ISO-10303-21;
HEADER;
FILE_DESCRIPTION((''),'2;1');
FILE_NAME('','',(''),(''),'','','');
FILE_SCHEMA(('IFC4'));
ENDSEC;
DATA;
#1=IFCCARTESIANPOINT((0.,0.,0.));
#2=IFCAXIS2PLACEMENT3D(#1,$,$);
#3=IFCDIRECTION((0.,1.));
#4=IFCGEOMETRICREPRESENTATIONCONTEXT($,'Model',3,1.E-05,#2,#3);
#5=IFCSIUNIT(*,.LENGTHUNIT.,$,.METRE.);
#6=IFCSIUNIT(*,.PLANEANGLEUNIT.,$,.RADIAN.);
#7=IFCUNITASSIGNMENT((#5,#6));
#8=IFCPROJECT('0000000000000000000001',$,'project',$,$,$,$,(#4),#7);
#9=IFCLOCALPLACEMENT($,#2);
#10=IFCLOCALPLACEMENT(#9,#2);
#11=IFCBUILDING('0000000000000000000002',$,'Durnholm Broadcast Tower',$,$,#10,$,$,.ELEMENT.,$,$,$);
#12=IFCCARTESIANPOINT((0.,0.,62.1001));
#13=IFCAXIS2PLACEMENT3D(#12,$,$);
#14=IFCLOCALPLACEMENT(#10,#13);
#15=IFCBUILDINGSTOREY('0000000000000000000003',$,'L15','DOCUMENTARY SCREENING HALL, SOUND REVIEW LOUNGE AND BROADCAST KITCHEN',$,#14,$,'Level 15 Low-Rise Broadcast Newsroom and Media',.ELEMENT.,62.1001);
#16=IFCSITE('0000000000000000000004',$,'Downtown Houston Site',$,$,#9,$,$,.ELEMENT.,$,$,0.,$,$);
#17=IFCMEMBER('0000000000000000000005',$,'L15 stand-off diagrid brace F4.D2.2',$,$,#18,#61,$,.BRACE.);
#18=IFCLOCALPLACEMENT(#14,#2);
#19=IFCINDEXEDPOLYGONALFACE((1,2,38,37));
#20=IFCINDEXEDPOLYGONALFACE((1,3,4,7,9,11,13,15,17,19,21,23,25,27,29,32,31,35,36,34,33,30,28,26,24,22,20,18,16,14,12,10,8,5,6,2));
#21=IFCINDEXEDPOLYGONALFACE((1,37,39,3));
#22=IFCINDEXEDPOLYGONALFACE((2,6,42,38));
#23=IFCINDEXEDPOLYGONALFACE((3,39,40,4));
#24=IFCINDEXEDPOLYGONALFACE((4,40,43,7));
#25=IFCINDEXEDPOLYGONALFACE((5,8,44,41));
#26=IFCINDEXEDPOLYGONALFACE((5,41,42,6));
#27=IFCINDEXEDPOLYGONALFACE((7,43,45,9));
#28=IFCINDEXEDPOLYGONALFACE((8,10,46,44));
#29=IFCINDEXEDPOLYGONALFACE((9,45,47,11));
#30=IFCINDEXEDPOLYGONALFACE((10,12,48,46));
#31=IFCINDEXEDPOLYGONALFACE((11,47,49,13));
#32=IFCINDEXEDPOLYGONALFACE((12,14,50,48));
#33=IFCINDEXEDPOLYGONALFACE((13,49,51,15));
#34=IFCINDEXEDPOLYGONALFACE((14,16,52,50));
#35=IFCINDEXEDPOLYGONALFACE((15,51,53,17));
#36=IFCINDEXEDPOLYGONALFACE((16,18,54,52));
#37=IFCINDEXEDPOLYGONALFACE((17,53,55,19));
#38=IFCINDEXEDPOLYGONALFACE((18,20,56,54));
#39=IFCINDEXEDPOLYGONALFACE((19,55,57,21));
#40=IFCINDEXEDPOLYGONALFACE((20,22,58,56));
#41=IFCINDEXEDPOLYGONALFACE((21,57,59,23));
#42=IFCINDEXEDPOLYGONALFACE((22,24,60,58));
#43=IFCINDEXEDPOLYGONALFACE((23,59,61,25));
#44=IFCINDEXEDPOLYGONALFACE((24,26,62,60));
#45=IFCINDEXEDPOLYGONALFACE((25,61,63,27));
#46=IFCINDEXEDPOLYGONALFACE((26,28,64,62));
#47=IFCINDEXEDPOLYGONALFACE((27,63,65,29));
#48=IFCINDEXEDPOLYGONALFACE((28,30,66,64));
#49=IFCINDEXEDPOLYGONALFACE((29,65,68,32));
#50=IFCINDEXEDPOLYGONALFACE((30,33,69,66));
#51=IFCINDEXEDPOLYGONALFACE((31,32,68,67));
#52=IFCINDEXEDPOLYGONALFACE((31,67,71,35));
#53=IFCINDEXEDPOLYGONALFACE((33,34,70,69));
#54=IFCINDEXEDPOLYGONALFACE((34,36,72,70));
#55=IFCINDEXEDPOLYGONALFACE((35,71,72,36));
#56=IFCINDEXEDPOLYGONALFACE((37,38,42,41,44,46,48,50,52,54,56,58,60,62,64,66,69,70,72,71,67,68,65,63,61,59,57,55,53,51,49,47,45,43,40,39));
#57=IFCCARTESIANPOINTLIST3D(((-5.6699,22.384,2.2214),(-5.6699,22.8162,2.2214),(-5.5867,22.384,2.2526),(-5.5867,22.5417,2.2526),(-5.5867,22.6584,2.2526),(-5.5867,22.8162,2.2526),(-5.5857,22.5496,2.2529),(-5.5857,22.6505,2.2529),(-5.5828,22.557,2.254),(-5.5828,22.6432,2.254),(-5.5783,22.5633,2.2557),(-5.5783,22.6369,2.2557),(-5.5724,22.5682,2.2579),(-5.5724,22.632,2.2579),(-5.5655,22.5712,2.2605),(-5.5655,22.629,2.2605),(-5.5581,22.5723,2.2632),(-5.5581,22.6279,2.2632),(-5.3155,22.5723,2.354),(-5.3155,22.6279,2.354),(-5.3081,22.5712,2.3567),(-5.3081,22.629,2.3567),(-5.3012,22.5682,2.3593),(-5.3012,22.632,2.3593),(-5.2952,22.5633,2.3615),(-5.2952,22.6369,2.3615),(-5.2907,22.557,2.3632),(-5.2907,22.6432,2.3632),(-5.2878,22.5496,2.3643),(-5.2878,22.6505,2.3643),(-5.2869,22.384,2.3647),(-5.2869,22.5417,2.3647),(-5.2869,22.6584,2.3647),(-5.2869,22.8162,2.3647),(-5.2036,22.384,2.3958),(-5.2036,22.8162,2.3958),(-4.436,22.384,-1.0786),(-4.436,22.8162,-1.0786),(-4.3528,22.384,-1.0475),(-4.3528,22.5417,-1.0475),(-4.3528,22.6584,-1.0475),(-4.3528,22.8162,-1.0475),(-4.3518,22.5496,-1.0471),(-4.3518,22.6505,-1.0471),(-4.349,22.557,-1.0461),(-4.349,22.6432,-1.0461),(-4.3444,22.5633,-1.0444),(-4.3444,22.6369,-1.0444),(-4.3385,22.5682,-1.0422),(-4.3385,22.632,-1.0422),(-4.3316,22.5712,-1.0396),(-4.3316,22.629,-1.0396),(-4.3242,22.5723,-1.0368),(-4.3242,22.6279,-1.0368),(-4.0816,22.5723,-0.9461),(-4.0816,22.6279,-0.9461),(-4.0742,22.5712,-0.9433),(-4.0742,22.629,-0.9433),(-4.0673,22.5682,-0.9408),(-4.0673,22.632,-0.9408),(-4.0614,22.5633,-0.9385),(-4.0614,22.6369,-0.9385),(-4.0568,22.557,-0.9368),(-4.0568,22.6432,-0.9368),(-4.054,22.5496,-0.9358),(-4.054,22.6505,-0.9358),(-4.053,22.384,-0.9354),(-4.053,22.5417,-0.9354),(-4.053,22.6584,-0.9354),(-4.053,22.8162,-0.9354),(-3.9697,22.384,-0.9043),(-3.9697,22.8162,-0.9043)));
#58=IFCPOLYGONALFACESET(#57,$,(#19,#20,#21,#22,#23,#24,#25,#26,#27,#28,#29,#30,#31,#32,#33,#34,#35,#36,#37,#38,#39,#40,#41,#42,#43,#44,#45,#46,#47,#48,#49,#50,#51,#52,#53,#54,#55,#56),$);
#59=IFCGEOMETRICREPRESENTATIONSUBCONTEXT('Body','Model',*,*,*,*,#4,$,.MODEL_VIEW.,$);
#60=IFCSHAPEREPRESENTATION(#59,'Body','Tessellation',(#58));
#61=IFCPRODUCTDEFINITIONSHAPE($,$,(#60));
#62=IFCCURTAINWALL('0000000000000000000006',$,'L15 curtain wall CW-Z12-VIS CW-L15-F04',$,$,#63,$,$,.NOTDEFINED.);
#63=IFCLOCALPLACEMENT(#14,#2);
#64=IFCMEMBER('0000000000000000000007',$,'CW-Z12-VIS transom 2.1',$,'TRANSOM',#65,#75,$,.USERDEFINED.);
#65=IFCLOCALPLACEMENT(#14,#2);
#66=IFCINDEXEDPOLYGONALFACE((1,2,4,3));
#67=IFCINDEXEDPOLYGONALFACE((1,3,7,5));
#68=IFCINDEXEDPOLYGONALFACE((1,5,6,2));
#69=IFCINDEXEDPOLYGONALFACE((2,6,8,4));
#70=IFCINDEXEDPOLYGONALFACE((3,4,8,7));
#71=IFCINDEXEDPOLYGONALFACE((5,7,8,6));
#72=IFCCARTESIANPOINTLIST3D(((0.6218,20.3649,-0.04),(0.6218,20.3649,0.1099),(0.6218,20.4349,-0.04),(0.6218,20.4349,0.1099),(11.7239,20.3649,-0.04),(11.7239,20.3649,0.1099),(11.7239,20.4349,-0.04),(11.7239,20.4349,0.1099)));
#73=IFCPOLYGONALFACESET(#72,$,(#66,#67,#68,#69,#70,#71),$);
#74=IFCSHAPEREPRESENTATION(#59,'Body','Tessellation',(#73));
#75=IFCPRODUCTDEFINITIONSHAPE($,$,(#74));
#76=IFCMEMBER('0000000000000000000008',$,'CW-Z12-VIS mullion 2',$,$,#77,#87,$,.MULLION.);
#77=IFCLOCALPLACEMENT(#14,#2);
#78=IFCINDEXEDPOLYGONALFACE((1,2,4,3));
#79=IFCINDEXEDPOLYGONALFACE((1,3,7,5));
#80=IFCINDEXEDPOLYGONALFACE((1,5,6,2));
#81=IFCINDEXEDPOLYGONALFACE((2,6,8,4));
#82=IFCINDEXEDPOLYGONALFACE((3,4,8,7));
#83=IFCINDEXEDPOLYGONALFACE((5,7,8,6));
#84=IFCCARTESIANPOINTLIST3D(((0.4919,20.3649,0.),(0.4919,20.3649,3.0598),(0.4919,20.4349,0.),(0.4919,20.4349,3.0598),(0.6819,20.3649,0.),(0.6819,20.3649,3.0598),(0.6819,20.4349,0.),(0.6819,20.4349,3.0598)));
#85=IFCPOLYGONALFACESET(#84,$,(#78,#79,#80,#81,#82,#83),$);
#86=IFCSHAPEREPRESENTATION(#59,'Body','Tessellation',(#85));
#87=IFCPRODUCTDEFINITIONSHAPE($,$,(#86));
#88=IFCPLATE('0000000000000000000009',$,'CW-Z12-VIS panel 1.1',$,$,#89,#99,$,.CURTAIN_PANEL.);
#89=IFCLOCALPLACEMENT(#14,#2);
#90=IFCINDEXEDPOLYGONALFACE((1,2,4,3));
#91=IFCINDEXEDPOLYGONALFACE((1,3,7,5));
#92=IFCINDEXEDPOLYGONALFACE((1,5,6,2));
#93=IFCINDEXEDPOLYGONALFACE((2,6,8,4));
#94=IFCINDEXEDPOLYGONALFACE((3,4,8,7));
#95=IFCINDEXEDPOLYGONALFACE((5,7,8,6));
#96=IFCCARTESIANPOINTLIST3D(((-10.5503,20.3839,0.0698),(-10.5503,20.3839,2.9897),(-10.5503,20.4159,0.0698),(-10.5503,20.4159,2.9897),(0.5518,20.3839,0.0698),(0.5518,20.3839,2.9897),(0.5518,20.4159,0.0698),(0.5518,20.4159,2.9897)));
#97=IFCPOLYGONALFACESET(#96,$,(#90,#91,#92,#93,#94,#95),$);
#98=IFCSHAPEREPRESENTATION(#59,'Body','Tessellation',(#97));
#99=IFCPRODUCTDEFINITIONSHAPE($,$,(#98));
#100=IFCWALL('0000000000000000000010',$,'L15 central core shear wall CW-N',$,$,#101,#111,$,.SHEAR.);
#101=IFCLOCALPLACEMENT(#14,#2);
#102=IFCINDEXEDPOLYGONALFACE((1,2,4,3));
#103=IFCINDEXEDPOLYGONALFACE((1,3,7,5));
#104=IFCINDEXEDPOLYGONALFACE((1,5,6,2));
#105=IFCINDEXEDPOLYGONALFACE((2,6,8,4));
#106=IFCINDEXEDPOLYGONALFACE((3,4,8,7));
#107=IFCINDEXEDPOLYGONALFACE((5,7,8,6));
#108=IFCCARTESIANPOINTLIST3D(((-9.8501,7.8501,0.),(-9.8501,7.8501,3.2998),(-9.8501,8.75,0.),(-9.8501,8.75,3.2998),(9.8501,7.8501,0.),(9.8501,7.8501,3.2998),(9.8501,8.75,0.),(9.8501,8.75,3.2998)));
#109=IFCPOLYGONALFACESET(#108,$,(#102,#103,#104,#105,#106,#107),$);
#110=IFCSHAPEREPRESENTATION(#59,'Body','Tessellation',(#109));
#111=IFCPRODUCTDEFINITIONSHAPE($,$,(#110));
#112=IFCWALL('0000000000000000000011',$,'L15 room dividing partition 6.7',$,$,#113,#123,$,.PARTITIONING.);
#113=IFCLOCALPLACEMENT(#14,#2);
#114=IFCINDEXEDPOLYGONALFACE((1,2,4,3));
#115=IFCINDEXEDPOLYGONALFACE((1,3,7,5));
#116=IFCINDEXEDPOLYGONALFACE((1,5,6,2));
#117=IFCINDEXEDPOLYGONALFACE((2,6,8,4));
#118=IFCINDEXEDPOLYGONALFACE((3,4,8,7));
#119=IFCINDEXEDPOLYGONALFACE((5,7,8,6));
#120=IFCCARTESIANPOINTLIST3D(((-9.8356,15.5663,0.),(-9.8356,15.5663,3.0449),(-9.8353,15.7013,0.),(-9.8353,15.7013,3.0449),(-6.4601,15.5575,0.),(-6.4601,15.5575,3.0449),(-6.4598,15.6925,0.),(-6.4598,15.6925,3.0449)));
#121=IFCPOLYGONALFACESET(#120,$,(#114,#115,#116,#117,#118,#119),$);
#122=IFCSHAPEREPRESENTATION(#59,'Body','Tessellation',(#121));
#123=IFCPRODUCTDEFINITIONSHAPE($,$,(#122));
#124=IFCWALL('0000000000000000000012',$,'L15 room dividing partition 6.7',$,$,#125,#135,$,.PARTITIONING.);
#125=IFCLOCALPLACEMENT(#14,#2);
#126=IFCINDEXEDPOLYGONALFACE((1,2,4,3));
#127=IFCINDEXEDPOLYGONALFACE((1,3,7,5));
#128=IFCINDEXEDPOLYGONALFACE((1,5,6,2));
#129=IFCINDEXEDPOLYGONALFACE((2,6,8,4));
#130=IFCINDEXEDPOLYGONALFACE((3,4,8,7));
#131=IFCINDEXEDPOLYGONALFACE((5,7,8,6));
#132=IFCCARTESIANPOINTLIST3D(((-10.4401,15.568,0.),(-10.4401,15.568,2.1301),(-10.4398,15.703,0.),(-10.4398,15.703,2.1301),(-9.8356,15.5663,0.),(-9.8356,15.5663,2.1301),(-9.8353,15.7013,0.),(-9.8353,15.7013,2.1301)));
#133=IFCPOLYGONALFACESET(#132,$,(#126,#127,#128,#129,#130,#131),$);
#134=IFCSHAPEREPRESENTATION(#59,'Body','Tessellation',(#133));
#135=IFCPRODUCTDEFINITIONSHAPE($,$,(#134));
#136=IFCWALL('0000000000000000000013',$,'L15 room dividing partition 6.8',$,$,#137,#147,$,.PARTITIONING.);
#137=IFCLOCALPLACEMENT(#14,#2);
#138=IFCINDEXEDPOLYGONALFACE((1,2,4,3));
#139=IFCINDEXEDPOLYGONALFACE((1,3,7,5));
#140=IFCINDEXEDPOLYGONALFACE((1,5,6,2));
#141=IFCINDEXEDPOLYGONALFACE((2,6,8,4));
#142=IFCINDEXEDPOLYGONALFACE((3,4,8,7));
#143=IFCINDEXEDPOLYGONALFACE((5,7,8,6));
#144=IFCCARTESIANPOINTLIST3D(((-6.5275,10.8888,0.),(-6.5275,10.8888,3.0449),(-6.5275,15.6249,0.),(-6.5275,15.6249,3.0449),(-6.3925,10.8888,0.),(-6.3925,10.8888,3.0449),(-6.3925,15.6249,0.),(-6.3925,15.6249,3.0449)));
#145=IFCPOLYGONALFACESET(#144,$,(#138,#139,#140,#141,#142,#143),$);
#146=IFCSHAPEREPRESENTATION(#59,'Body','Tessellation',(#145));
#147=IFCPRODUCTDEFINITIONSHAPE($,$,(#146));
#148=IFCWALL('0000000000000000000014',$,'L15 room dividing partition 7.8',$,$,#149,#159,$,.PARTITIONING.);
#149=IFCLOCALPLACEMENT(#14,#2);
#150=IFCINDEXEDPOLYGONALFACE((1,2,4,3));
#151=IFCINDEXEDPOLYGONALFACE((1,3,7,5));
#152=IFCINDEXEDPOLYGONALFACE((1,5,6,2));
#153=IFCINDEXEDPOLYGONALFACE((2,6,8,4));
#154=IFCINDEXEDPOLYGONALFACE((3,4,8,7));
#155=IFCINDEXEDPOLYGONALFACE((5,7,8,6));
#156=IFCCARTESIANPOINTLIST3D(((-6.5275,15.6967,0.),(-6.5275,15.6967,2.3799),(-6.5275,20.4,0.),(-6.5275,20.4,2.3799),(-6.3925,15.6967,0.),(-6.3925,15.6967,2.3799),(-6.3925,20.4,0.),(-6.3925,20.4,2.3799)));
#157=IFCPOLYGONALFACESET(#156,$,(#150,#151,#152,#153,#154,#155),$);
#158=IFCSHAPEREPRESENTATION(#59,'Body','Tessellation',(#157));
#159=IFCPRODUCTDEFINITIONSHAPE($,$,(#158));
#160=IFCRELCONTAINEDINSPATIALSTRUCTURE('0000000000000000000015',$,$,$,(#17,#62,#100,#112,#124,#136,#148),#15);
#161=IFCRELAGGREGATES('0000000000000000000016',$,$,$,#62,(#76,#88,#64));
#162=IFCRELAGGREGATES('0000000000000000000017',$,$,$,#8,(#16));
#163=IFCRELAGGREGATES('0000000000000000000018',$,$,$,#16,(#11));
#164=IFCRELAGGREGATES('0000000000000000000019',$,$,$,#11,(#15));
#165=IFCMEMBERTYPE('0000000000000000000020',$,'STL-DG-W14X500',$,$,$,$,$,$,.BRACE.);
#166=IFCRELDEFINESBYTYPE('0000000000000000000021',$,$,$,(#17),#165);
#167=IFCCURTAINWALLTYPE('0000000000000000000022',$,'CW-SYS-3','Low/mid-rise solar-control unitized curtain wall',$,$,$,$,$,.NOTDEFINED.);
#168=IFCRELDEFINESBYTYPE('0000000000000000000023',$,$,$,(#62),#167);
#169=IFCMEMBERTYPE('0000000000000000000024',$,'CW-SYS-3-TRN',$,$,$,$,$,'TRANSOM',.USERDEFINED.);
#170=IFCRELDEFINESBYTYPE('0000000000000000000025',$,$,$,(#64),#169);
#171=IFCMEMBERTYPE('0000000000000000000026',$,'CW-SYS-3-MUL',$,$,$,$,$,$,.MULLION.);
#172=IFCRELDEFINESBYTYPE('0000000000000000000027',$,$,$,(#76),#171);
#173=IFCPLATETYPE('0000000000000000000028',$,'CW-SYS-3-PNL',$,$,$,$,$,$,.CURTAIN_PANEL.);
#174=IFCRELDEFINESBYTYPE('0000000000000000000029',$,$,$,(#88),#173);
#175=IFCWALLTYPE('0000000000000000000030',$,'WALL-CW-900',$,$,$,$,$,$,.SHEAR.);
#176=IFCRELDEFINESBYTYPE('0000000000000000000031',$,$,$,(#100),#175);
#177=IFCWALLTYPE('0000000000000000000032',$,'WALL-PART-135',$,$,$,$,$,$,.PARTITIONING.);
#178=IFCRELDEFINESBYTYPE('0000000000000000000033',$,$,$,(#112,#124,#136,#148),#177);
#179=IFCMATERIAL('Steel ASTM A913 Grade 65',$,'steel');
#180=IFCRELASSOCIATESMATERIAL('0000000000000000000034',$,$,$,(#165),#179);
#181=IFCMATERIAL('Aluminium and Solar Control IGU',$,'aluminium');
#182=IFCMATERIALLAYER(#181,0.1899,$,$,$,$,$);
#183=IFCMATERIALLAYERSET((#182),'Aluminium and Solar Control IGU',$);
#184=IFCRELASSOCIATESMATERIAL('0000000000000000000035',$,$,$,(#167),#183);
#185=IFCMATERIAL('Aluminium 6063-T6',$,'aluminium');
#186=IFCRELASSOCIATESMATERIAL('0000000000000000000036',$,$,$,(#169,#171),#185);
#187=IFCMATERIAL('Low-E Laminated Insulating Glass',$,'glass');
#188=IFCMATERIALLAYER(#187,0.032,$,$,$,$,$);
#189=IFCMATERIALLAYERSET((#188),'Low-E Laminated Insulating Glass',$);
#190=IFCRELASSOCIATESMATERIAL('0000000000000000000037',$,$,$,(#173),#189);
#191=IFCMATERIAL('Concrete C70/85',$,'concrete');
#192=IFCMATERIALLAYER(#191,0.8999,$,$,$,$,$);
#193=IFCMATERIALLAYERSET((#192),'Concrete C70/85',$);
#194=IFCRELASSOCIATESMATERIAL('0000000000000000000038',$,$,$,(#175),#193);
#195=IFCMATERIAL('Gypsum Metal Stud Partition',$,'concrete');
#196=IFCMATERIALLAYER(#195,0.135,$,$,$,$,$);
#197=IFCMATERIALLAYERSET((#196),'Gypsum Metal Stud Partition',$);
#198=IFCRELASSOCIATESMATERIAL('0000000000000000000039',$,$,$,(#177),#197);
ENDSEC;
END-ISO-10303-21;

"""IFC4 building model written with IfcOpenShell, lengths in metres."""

from ifc_helpers import new_model, si_unit, direction, frame, frame_2d, origin, origin_2d, place, context, subcontext, project, spatial, rectangle, i_section, extrude, source, transform, mapped, material, layer, layer_set, material_profile, profile_set, type_object, type_shapes, element, aggregate, save


model = new_model("IFC4")

# Units and contexts
model_context = context("Model", 3, precision=1e-05, world=origin(), true_north=direction((0.0, 1.0)))
body_context = subcontext(model_context, "Body", "Model", "MODEL_VIEW")
ifc_project = project(units=[si_unit("LENGTHUNIT", "METRE"), si_unit("PLANEANGLEUNIT", "RADIAN")], contexts=[model_context])

# Site, building, storey
site_placement = place(None, origin())
site = spatial("IfcSite", under=ifc_project, at=site_placement, Name="Downtown Houston Site", CompositionType="ELEMENT", RefElevation=0.0)
building_placement = place(site_placement, origin())
building = spatial("IfcBuilding", under=site, at=building_placement, Name="Durnholm Broadcast Tower", CompositionType="ELEMENT")
storey_placement = place(building_placement, frame((0.0, 0.0, 62.1001)))
storey = spatial("IfcBuildingStorey", under=building, at=storey_placement, Name="L15", Description="DOCUMENTARY SCREENING HALL, SOUND REVIEW LOUNGE AND BROADCAST KITCHEN", LongName="Level 15 Low-Rise Broadcast Newsroom and Media", CompositionType="ELEMENT", Elevation=62.1001)

# Shared definitions
ifc_material_1 = material(Name="Concrete C70/85", Category="concrete")

# Member
ifc_material_2 = material(Name="Steel ASTM A913 Grade 65", Category="steel")
ifc_material_profile_1 = material_profile(ifc_material_2, i_section(OverallWidth=0.4321, OverallDepth=0.4978, WebThickness=0.0557, FlangeThickness=0.0889, FilletRadius=0.0305, at=origin_2d()), Name="W14X500")
ifc_profile_set_1 = profile_set([ifc_material_profile_1], Name="Steel ASTM A913 Grade 65")
member_type_1 = type_object("IfcMemberType", Name="STL-DG-W14X500", PredefinedType="BRACE", material=ifc_profile_set_1)
shared_shape_1 = source(origin(), body_context, "Body", "SweptSolid", [
    extrude(i_section(OverallWidth=0.4321, OverallDepth=0.4978, WebThickness=0.0557, FlangeThickness=0.0889, FilletRadius=0.0305, at=origin_2d()), origin(), (0.0, 0.0, 1.0), 3.5232),
])
type_shapes(member_type_1, [shared_shape_1])
for number, where, z_axis, x_axis, name in (
    (1, (-4.2029, 22.6001, -0.9915), (-0.35022, 0.0, 0.936668), (0.0, -1.0, 0.0), "L15 stand-off diagrid brace F4.D2.2"),
):
    element("IfcMember", number, at=place(storey_placement, frame(where, z_axis=z_axis, x_axis=x_axis)), inside=storey, type_object=member_type_1, Name=name, PredefinedType="BRACE", context=body_context, shape_type="MappedRepresentation", body=[
        mapped(shared_shape_1, transform((0.0, 0.0, 0.0), x_axis=(1.0, 0.0, 0.0), y_axis=(0.0, 1.0, 0.0), z_axis=(0.0, 0.0, 1.0), scale=1.0)),
    ])

# Curtain wall, members, plate
ifc_material_3 = material(Name="Aluminium and Solar Control IGU", Category="aluminium")
ifc_layer_1 = layer(ifc_material_3, 0.1899)
ifc_layer_set_1 = layer_set([ifc_layer_1], Name="Aluminium and Solar Control IGU")
curtain_wall_type = type_object("IfcCurtainWallType", Name="CW-SYS-3", Description="Low/mid-rise solar-control unitized curtain wall", PredefinedType="NOTDEFINED", material=ifc_layer_set_1)
curtain_wall_placement = place(storey_placement, origin())
curtain_wall = element("IfcCurtainWall", 2, at=curtain_wall_placement, inside=storey, type_object=curtain_wall_type, Name="L15 curtain wall CW-Z12-VIS CW-L15-F04", PredefinedType="NOTDEFINED")
ifc_material_4 = material(Name="Aluminium 6063-T6", Category="aluminium")
ifc_material_profile_2 = material_profile(ifc_material_4, rectangle(XDim=0.0701, YDim=0.1499, at=origin_2d()), Name="CWT70X150")
ifc_profile_set_2 = profile_set([ifc_material_profile_2], Name="Aluminium 6063-T6")
member_type_2 = type_object("IfcMemberType", Name="CW-SYS-3-TRN", ElementType="TRANSOM", PredefinedType="USERDEFINED", material=ifc_profile_set_2)
shared_shape_2 = source(origin(), body_context, "Body", "SweptSolid", [
    extrude(rectangle(XDim=0.0701, YDim=0.1499, at=origin_2d()), origin(), (0.0, 0.0, 1.0), 11.1021),
])
type_shapes(member_type_2, [shared_shape_2])
member_1_placement = place(storey_placement, frame((0.6218, 20.3999, 0.0349), z_axis=(1.0, 0.0, 0.0), x_axis=(0.0, 1.0, 0.0)))
member_1 = element("IfcMember", 3, at=member_1_placement, type_object=member_type_2, Name="CW-Z12-VIS transom 2.1", ObjectType="TRANSOM", PredefinedType="USERDEFINED", context=body_context, shape_type="MappedRepresentation", body=[
    mapped(shared_shape_2, transform((0.0, 0.0, 0.0), x_axis=(1.0, 0.0, 0.0), y_axis=(0.0, 1.0, 0.0), z_axis=(0.0, 0.0, 1.0), scale=1.0)),
])
ifc_material_profile_3 = material_profile(ifc_material_4, rectangle(XDim=0.0701, YDim=0.1899, at=origin_2d()), Name="CWM70X190")
ifc_profile_set_3 = profile_set([ifc_material_profile_3], Name="Aluminium 6063-T6")
member_type_3 = type_object("IfcMemberType", Name="CW-SYS-3-MUL", PredefinedType="MULLION", material=ifc_profile_set_3)
shared_shape_3 = source(origin(), body_context, "Body", "SweptSolid", [
    extrude(rectangle(XDim=0.0701, YDim=0.1899, at=origin_2d()), origin(), (0.0, 0.0, 1.0), 3.0598),
])
type_shapes(member_type_3, [shared_shape_3])
member_2_placement = place(storey_placement, frame((0.5869, 20.3999, 0.0), z_axis=(0.0, 0.0, 1.0), x_axis=(0.0, 1.0, 0.0)))
member_2 = element("IfcMember", 4, at=member_2_placement, type_object=member_type_3, Name="CW-Z12-VIS mullion 2", PredefinedType="MULLION", context=body_context, shape_type="MappedRepresentation", body=[
    mapped(shared_shape_3, transform((0.0, 0.0, 0.0), x_axis=(1.0, 0.0, 0.0), y_axis=(0.0, 1.0, 0.0), z_axis=(0.0, 0.0, 1.0), scale=1.0)),
])
ifc_material_5 = material(Name="Low-E Laminated Insulating Glass", Category="glass")
ifc_layer_2 = layer(ifc_material_5, 0.032)
ifc_layer_set_2 = layer_set([ifc_layer_2], Name="Low-E Laminated Insulating Glass")
plate_type = type_object("IfcPlateType", Name="CW-SYS-3-PNL", PredefinedType="CURTAIN_PANEL", material=ifc_layer_set_2)
shared_shape_4 = source(origin(), body_context, "Body", "SweptSolid", [
    extrude(rectangle(XDim=11.1021, YDim=0.032, at=origin_2d()), origin(), (0.0, 0.0, 1.0), 2.9199),
])
type_shapes(plate_type, [shared_shape_4])
plate_placement = place(storey_placement, frame((-4.9993, 20.3999, 0.0698), z_axis=(0.0, 0.0, 1.0), x_axis=(1.0, 0.0, 0.0)))
plate = element("IfcPlate", 5, at=plate_placement, type_object=plate_type, Name="CW-Z12-VIS panel 1.1", PredefinedType="CURTAIN_PANEL", context=body_context, shape_type="MappedRepresentation", body=[
    mapped(shared_shape_4, transform((0.0, 0.0, 0.0), x_axis=(1.0, 0.0, 0.0), y_axis=(0.0, 1.0, 0.0), z_axis=(0.0, 0.0, 1.0), scale=1.0)),
])
aggregate(curtain_wall, [member_2, plate, member_1])

# Walls
ifc_layer_3 = layer(ifc_material_1, 0.8999)
ifc_layer_set_3 = layer_set([ifc_layer_3], Name="Concrete C70/85")
wall_type_1 = type_object("IfcWallType", Name="WALL-CW-900", PredefinedType="SHEAR", material=ifc_layer_set_3)
wall_1_placement = place(storey_placement, frame((-9.8501, 8.3, 0.0), z_axis=(0.0, 0.0, 1.0), x_axis=(1.0, 0.0, 0.0)))
element("IfcWall", 6, at=wall_1_placement, inside=storey, type_object=wall_type_1, Name="L15 central core shear wall CW-N", PredefinedType="SHEAR", context=body_context, shape_type="SweptSolid", body=[
    extrude(rectangle(XDim=19.7002, YDim=0.8999, at=frame_2d((9.8501, 0.0))), origin(), (0.0, 0.0, 1.0), 3.2998),
])
ifc_material_6 = material(Name="Gypsum Metal Stud Partition", Category="concrete")
ifc_layer_4 = layer(ifc_material_6, 0.135)
ifc_layer_set_4 = layer_set([ifc_layer_4], Name="Gypsum Metal Stud Partition")
wall_type_2 = type_object("IfcWallType", Name="WALL-PART-135", PredefinedType="PARTITIONING", material=ifc_layer_set_4)
wall_2_placement = place(storey_placement, frame((-9.8354, 15.6338, 0.0), z_axis=(0.0, 0.0, 1.0), x_axis=(0.999997, -0.002604, 0.0)))
element("IfcWall", 7, at=wall_2_placement, inside=storey, type_object=wall_type_2, Name="L15 room dividing partition 6.7", PredefinedType="PARTITIONING", context=body_context, shape_type="SweptSolid", body=[
    extrude(rectangle(XDim=3.3755, YDim=0.135, at=frame_2d((1.6877, 0.0))), origin(), (0.0, 0.0, 1.0), 3.0449),
])
wall_3_placement = place(storey_placement, frame((-10.4399, 15.6355, 0.0), z_axis=(0.0, 0.0, 1.0), x_axis=(0.999996, -0.002827, 0.0)))
element("IfcWall", 8, at=wall_3_placement, inside=storey, type_object=wall_type_2, Name="L15 room dividing partition 6.7", PredefinedType="PARTITIONING", context=body_context, shape_type="SweptSolid", body=[
    extrude(rectangle(XDim=0.6045, YDim=0.135, at=frame_2d((0.3022, 0.0))), origin(), (0.0, 0.0, 1.0), 2.1301),
])
wall_4_placement = place(storey_placement, frame((-6.46, 15.625, 0.0), z_axis=(0.0, 0.0, 1.0), x_axis=(0.0, -1.0, 0.0)))
element("IfcWall", 9, at=wall_4_placement, inside=storey, type_object=wall_type_2, Name="L15 room dividing partition 6.8", PredefinedType="PARTITIONING", context=body_context, shape_type="SweptSolid", body=[
    extrude(rectangle(XDim=4.7361, YDim=0.135, at=frame_2d((2.3682, 0.0))), origin(), (0.0, 0.0, 1.0), 3.0449),
])
wall_5_placement = place(storey_placement, frame((-6.46, 20.3999, 0.0), z_axis=(0.0, 0.0, 1.0), x_axis=(0.0, -1.0, 0.0)))
element("IfcWall", 10, at=wall_5_placement, inside=storey, type_object=wall_type_2, Name="L15 room dividing partition 7.8", PredefinedType="PARTITIONING", context=body_context, shape_type="SweptSolid", body=[
    extrude(rectangle(XDim=4.7034, YDim=0.135, at=frame_2d((2.3516, 0.0))), origin(), (0.0, 0.0, 1.0), 2.3799),
])

save(model, "model.ifc")
